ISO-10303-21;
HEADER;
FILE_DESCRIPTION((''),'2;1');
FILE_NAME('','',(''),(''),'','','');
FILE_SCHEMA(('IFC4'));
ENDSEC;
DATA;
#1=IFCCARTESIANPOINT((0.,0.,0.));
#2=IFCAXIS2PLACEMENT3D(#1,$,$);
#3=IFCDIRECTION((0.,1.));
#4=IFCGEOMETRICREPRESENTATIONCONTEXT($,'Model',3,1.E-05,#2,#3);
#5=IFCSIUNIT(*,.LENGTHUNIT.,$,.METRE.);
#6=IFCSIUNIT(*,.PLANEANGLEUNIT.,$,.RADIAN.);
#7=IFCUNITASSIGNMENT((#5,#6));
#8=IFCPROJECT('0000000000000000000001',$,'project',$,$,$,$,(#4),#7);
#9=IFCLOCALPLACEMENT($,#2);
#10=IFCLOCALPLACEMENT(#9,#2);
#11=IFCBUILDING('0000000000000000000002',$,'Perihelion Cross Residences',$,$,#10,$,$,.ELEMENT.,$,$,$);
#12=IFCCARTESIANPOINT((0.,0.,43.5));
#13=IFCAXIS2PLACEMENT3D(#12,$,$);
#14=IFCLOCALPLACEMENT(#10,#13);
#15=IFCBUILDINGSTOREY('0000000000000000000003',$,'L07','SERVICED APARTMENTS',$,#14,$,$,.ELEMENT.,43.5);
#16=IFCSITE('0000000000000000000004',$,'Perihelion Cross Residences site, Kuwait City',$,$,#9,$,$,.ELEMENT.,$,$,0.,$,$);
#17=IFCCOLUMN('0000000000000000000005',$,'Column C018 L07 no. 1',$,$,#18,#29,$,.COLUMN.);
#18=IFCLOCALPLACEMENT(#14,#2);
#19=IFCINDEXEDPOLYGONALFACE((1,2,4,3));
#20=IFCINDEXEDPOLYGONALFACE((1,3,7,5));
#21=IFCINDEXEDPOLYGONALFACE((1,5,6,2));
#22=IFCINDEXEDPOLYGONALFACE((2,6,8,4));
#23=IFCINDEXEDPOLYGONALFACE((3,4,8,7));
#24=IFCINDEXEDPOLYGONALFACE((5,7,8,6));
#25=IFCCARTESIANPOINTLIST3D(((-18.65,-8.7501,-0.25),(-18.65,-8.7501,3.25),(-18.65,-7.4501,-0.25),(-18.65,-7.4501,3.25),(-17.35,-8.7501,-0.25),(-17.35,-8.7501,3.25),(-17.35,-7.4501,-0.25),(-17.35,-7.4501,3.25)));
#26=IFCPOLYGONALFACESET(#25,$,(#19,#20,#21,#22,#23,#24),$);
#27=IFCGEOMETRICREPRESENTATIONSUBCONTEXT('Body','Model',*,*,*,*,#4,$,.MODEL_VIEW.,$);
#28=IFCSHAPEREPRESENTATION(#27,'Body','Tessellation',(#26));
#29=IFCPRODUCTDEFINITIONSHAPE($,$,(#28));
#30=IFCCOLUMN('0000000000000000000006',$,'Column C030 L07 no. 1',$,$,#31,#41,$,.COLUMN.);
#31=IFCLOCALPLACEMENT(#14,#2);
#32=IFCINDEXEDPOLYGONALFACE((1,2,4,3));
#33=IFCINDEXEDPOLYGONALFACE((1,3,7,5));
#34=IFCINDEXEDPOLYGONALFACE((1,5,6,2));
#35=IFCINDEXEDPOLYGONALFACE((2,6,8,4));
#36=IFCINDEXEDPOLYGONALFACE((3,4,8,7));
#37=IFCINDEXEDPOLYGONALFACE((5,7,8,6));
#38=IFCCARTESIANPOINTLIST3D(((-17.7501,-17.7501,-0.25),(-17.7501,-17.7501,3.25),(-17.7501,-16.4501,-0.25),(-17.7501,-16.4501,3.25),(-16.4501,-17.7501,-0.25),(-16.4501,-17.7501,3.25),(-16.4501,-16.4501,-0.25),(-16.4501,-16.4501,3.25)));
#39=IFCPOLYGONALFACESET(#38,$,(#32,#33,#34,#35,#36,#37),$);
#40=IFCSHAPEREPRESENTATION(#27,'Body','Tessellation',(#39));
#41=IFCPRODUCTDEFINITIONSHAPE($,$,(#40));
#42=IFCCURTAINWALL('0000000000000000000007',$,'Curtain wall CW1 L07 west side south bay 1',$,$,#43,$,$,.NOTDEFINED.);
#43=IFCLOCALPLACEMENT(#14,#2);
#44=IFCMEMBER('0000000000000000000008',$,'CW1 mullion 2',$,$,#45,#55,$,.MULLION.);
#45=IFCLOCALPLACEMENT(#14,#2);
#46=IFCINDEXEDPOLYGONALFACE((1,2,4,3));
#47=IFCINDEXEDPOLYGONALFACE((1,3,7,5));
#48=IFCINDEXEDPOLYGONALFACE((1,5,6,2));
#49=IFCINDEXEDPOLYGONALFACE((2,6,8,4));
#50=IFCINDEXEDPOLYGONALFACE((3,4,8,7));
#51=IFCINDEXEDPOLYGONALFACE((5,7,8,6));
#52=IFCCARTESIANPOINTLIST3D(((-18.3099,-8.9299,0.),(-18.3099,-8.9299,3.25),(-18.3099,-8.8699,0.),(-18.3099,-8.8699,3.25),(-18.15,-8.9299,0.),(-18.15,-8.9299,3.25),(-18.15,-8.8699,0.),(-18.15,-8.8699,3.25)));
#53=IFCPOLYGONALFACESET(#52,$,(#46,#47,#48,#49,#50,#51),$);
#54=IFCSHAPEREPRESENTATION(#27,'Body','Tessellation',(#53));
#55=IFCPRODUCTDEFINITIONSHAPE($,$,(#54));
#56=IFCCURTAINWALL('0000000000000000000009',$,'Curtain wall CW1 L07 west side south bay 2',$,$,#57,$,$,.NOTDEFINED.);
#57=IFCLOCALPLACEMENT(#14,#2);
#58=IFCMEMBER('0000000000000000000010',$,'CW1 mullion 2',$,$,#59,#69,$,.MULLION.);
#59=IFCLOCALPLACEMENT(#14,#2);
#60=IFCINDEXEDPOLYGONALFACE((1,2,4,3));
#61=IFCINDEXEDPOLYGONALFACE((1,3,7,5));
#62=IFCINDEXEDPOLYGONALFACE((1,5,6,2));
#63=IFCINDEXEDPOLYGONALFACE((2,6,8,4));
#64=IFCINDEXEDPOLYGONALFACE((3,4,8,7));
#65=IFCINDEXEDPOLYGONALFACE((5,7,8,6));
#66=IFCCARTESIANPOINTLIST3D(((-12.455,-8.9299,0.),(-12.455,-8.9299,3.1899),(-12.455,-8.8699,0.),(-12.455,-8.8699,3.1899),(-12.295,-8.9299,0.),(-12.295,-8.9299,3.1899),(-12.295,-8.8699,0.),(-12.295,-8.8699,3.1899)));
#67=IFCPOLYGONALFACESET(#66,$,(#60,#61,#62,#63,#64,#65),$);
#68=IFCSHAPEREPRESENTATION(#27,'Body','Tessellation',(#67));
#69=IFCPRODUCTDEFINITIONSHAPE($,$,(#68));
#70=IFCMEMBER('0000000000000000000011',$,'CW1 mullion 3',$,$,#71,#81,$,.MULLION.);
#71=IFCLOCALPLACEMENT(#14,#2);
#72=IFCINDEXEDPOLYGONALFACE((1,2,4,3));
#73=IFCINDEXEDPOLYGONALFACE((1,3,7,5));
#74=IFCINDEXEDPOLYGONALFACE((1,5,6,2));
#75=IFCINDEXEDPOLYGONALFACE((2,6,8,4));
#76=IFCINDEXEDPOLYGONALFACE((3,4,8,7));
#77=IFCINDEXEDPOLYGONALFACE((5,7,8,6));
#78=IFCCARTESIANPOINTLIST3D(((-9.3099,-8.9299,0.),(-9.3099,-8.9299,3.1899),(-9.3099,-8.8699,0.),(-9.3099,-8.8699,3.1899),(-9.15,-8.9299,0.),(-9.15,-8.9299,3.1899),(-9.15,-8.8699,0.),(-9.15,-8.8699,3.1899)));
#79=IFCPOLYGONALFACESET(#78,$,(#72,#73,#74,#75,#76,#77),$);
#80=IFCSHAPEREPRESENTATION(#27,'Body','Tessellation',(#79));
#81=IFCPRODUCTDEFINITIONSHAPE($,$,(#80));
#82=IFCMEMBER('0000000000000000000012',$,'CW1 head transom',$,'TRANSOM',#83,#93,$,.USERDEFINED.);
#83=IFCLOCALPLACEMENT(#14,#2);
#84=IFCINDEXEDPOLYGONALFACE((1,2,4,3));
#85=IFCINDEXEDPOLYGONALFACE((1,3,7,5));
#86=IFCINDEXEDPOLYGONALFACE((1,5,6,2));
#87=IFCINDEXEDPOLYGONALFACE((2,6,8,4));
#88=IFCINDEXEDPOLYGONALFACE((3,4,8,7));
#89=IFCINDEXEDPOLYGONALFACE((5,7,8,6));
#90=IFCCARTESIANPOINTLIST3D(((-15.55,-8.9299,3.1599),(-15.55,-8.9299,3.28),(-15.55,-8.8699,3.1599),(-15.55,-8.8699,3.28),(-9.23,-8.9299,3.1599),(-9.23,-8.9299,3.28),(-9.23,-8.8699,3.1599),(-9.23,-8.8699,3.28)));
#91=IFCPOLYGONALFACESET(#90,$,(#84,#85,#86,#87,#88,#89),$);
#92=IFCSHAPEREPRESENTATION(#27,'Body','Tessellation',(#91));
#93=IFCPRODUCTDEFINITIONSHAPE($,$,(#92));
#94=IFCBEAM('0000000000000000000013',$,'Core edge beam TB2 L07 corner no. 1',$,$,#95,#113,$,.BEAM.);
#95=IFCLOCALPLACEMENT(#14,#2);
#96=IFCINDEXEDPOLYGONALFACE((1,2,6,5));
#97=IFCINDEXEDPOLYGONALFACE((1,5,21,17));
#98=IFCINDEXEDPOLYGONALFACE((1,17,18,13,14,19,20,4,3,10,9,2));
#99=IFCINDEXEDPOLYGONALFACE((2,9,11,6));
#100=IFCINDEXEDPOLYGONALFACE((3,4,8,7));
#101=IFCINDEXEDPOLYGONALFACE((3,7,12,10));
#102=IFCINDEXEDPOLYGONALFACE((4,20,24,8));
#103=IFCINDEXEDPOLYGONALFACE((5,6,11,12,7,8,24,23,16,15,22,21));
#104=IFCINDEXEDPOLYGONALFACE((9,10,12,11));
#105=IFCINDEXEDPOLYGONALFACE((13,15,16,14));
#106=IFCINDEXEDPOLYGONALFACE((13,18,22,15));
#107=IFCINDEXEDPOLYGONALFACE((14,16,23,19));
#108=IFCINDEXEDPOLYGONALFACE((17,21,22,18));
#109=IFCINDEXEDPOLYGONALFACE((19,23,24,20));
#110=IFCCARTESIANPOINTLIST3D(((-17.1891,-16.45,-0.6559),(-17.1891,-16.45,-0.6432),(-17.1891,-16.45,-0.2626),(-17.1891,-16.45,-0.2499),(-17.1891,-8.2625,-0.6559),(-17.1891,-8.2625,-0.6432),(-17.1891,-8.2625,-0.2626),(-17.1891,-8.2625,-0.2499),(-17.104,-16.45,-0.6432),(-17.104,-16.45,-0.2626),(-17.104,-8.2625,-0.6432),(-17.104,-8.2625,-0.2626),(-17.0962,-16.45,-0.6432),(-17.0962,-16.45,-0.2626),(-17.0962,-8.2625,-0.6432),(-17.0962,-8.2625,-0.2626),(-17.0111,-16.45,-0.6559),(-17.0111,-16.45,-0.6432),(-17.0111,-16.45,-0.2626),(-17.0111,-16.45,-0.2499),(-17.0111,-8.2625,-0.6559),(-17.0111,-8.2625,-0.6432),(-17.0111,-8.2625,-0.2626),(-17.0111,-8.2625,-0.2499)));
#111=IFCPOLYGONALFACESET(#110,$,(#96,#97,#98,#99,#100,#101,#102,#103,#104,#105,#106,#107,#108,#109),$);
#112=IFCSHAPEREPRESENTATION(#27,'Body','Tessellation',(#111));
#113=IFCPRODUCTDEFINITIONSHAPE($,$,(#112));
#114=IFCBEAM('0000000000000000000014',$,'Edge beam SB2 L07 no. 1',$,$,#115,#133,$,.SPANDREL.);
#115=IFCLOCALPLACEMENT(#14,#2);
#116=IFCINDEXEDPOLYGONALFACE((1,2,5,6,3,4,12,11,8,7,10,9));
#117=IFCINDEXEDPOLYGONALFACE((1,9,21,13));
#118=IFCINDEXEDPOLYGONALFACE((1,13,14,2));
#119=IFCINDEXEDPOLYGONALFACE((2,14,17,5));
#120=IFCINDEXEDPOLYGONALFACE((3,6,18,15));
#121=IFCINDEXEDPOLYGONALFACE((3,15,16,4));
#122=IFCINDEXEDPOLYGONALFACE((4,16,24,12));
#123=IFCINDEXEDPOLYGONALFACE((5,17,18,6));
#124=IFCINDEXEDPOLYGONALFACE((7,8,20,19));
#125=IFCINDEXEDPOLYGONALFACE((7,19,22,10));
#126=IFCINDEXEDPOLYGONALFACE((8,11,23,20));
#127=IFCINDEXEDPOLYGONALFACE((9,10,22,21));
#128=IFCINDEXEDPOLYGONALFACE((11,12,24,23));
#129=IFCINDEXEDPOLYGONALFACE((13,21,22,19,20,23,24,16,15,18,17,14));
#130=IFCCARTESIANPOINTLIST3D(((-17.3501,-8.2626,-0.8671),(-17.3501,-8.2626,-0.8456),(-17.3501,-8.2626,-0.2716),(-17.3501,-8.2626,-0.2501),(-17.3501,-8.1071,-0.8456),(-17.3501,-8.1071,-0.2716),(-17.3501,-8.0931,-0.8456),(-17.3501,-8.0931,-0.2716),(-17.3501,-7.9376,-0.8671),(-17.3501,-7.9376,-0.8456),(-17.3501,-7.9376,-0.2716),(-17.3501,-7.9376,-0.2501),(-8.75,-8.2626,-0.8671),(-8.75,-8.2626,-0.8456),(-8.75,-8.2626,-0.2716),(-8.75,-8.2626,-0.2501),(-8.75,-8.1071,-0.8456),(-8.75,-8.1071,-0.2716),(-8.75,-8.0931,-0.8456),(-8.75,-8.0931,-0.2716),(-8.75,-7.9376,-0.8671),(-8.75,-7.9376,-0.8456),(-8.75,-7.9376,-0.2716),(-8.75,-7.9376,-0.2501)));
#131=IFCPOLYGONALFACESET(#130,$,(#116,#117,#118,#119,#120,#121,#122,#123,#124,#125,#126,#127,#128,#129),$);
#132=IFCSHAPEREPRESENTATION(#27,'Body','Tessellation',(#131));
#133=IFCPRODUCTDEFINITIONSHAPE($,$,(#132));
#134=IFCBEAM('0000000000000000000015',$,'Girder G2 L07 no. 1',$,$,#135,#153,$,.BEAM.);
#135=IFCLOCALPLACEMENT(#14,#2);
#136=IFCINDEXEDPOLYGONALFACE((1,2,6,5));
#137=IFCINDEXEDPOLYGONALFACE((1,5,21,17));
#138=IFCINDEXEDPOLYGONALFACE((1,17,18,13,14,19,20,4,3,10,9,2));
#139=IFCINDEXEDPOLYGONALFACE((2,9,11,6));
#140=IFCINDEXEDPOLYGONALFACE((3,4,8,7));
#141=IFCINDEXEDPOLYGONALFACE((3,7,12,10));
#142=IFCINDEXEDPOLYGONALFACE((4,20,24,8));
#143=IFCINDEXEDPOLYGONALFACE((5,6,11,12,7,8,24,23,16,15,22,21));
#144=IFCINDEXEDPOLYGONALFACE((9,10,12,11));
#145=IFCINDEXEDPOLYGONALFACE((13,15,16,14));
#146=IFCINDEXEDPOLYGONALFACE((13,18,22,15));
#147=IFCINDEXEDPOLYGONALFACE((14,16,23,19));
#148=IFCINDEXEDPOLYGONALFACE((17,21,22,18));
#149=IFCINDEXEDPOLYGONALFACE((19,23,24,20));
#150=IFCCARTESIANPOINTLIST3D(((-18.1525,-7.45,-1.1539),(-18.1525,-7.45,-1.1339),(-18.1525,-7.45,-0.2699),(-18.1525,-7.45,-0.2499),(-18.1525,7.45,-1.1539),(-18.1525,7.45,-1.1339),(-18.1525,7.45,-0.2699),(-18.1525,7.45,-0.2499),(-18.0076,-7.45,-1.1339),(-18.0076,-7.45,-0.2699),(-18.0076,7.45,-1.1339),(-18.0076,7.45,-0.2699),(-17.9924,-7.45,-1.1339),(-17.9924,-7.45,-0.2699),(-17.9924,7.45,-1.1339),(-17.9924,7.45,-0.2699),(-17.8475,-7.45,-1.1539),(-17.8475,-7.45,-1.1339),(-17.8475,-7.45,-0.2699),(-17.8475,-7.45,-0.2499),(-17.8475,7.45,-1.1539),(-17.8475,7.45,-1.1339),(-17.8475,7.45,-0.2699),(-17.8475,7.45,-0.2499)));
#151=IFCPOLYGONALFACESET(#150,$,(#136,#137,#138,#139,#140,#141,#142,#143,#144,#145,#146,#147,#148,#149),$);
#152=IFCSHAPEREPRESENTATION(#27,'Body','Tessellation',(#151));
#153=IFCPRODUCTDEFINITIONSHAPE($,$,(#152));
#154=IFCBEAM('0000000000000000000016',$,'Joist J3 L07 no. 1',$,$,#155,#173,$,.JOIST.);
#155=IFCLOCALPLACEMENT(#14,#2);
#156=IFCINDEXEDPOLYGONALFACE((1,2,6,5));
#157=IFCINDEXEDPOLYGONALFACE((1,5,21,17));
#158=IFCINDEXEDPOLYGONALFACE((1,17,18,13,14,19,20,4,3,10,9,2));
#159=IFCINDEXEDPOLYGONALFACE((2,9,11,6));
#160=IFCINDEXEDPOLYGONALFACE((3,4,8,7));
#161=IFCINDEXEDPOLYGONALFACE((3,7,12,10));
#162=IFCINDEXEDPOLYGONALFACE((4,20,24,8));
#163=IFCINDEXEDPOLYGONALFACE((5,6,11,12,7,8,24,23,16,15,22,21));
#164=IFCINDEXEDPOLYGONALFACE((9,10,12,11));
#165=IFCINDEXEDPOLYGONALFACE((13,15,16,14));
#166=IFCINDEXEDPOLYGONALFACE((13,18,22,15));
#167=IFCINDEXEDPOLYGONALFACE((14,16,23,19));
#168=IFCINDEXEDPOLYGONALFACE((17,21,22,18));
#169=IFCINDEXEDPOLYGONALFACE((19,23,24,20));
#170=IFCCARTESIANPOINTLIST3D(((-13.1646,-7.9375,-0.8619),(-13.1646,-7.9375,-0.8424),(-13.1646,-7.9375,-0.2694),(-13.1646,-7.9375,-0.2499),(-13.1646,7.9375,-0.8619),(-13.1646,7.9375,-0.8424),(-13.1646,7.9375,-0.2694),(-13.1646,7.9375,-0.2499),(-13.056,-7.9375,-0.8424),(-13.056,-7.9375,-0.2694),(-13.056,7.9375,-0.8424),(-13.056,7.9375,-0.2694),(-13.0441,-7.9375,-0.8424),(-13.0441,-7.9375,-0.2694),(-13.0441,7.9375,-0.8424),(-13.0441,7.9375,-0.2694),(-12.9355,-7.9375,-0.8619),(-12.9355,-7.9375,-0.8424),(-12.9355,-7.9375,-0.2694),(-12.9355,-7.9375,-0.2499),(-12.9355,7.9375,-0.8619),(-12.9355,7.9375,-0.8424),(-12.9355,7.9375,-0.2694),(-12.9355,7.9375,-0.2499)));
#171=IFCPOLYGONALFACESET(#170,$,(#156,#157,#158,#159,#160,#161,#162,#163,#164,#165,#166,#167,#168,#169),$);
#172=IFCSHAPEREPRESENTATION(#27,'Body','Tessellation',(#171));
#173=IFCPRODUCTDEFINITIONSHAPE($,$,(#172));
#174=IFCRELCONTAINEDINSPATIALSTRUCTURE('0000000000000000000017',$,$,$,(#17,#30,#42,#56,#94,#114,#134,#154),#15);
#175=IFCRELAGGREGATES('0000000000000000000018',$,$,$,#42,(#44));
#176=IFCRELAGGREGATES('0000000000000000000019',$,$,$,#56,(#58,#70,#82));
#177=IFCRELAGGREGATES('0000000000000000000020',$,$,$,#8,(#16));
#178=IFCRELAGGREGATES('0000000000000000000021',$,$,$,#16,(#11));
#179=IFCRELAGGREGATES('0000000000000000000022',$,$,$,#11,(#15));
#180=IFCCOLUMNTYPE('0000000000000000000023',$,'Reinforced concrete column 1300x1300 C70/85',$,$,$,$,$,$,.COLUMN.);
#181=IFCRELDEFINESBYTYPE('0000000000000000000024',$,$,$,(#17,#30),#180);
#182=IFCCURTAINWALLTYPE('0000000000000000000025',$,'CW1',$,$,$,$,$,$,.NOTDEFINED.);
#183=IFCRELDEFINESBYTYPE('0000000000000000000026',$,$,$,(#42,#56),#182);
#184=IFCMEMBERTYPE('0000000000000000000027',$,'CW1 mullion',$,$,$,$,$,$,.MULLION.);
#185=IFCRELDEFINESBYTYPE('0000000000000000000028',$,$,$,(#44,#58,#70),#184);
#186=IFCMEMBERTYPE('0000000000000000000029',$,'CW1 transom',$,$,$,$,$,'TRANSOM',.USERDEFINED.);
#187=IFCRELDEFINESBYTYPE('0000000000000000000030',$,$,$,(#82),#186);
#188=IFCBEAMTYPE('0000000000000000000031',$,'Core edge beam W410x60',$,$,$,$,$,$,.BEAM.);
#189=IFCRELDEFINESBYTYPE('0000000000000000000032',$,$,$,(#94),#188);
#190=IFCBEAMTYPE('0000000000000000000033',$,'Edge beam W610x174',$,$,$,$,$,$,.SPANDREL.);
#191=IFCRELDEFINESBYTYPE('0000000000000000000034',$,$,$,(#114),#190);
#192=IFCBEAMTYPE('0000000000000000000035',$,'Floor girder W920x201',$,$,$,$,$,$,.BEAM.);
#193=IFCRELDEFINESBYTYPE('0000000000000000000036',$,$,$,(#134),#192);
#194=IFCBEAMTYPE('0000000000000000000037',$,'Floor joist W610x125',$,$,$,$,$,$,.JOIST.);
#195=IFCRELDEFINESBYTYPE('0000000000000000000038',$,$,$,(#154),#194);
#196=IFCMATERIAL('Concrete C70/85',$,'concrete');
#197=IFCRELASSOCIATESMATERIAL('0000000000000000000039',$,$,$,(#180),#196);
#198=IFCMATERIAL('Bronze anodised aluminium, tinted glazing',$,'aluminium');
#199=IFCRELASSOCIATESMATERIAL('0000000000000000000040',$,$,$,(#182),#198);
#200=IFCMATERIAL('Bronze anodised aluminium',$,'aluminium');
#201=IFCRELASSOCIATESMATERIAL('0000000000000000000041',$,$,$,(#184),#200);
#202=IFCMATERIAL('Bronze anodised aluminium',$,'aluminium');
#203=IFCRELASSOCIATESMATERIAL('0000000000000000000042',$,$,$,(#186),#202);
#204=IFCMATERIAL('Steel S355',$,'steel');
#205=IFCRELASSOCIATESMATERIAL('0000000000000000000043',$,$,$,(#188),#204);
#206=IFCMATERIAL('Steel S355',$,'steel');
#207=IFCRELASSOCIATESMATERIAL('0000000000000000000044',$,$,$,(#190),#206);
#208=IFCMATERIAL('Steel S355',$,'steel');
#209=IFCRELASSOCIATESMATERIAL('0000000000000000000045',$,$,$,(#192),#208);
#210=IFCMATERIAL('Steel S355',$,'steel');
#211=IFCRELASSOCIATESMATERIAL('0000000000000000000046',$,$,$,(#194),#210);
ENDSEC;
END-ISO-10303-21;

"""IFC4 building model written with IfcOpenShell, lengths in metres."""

from ifc_helpers import new_model, si_unit, direction, frame, origin, origin_2d, place, context, subcontext, project, spatial, rectangle, i_section, extrude, material, material_profile, profile_set, type_object, element, aggregate, save


model = new_model("IFC4")

# Units and contexts
model_context = context("Model", 3, precision=1e-05, world=origin(), true_north=direction((0.0, 1.0)))
body_context = subcontext(model_context, "Body", "Model", "MODEL_VIEW")
ifc_project = project(units=[si_unit("LENGTHUNIT", "METRE"), si_unit("PLANEANGLEUNIT", "RADIAN")], contexts=[model_context])

# Site, building, storey
site_placement = place(None, origin())
site = spatial("IfcSite", under=ifc_project, at=site_placement, Name="Perihelion Cross Residences site, Kuwait City", CompositionType="ELEMENT", RefElevation=0.0)
building_placement = place(site_placement, origin())
building = spatial("IfcBuilding", under=site, at=building_placement, Name="Perihelion Cross Residences", CompositionType="ELEMENT")
storey_placement = place(building_placement, frame((0.0, 0.0, 43.5)))
storey = spatial("IfcBuildingStorey", under=building, at=storey_placement, Name="L07", Description="SERVICED APARTMENTS", CompositionType="ELEMENT", Elevation=43.5)

# Columns
ifc_material_1 = material(Name="Concrete C70/85", Category="concrete")
ifc_material_profile_1 = material_profile(ifc_material_1, rectangle(XDim=1.3, YDim=1.3, at=origin_2d()), Name="RC 1300x1300")
ifc_profile_set_1 = profile_set([ifc_material_profile_1], Name="Concrete C70/85")
column_type = type_object("IfcColumnType", Name="Reinforced concrete column 1300x1300 C70/85", PredefinedType="COLUMN", material=ifc_profile_set_1)
for number, where, z_axis, x_axis, name in (
    (1, (-18.0, -8.1001, -0.25), (0.0, 0.0, 1.0), (1.0, 0.0, 0.0), "Column C018 L07 no. 1"),
    (2, (-17.1001, -17.1001, -0.25), (0.0, 0.0, 1.0), (1.0, 0.0, 0.0), "Column C030 L07 no. 1"),
):
    element("IfcColumn", number, at=place(storey_placement, frame(where, z_axis=z_axis, x_axis=x_axis)), inside=storey, type_object=column_type, Name=name, PredefinedType="COLUMN", context=body_context, shape_type="SweptSolid", body=[
        extrude(rectangle(XDim=1.3, YDim=1.3, at=origin_2d()), origin(), (0.0, 0.0, 1.0), 3.5),
    ])

# Curtain wall, member
ifc_material_2 = material(Name="Bronze anodised aluminium, tinted glazing", Category="aluminium")
curtain_wall_type = type_object("IfcCurtainWallType", Name="CW1", PredefinedType="NOTDEFINED", material=ifc_material_2)
curtain_wall_1_placement = place(storey_placement, origin())
curtain_wall_1 = element("IfcCurtainWall", 3, at=curtain_wall_1_placement, inside=storey, type_object=curtain_wall_type, Name="Curtain wall CW1 L07 west side south bay 1", PredefinedType="NOTDEFINED")
ifc_material_3 = material(Name="Bronze anodised aluminium", Category="aluminium")
ifc_material_profile_2 = material_profile(ifc_material_3, rectangle(XDim=0.0601, YDim=0.1599, at=origin_2d()), Name="CW1 mullion")
ifc_profile_set_2 = profile_set([ifc_material_profile_2], Name="Bronze anodised aluminium")
member_type_1 = type_object("IfcMemberType", Name="CW1 mullion", PredefinedType="MULLION", material=ifc_profile_set_2)
member_1_placement = place(storey_placement, frame((-18.23, -8.8999, 0.0), z_axis=(0.0, 0.0, 1.0), x_axis=(0.0, 1.0, 0.0)))
member_1 = element("IfcMember", 4, at=member_1_placement, type_object=member_type_1, Name="CW1 mullion 2", PredefinedType="MULLION", context=body_context, shape_type="SweptSolid", body=[
    extrude(rectangle(XDim=0.0601, YDim=0.1599, at=origin_2d()), origin(), (0.0, 0.0, 1.0), 3.25),
])

# Curtain wall, members
curtain_wall_2_placement = place(storey_placement, origin())
curtain_wall_2 = element("IfcCurtainWall", 5, at=curtain_wall_2_placement, inside=storey, type_object=curtain_wall_type, Name="Curtain wall CW1 L07 west side south bay 2", PredefinedType="NOTDEFINED")
member_2_placement = place(storey_placement, frame((-12.375, -8.8999, 0.0), z_axis=(0.0, 0.0, 1.0), x_axis=(0.0, 1.0, 0.0)))
member_2 = element("IfcMember", 6, at=member_2_placement, type_object=member_type_1, Name="CW1 mullion 2", PredefinedType="MULLION", context=body_context, shape_type="SweptSolid", body=[
    extrude(rectangle(XDim=0.0601, YDim=0.1599, at=origin_2d()), origin(), (0.0, 0.0, 1.0), 3.1899),
])
member_3_placement = place(storey_placement, frame((-9.23, -8.8999, 0.0), z_axis=(0.0, 0.0, 1.0), x_axis=(0.0, 1.0, 0.0)))
member_3 = element("IfcMember", 7, at=member_3_placement, type_object=member_type_1, Name="CW1 mullion 3", PredefinedType="MULLION", context=body_context, shape_type="SweptSolid", body=[
    extrude(rectangle(XDim=0.0601, YDim=0.1599, at=origin_2d()), origin(), (0.0, 0.0, 1.0), 3.1899),
])
ifc_material_4 = material(Name="Bronze anodised aluminium", Category="aluminium")
ifc_material_profile_3 = material_profile(ifc_material_4, rectangle(XDim=0.0601, YDim=0.1201, at=origin_2d()), Name="CW1 transom")
ifc_profile_set_3 = profile_set([ifc_material_profile_3], Name="Bronze anodised aluminium")
member_type_2 = type_object("IfcMemberType", Name="CW1 transom", ElementType="TRANSOM", PredefinedType="USERDEFINED", material=ifc_profile_set_3)
member_4_placement = place(storey_placement, frame((-15.55, -8.8999, 3.22), z_axis=(1.0, 0.0, 0.0), x_axis=(0.0, 1.0, 0.0)))
member_4 = element("IfcMember", 8, at=member_4_placement, type_object=member_type_2, Name="CW1 head transom", ObjectType="TRANSOM", PredefinedType="USERDEFINED", context=body_context, shape_type="SweptSolid", body=[
    extrude(rectangle(XDim=0.0601, YDim=0.1201, at=origin_2d()), origin(), (0.0, 0.0, 1.0), 6.3201),
])

# Beams
ifc_material_5 = material(Name="Steel S355", Category="steel")
ifc_material_profile_4 = material_profile(ifc_material_5, i_section(OverallWidth=0.178, OverallDepth=0.406, WebThickness=0.0078, FlangeThickness=0.0127, at=origin_2d()), Name="W410x60")
ifc_profile_set_4 = profile_set([ifc_material_profile_4], Name="Steel S355")
beam_type_1 = type_object("IfcBeamType", Name="Core edge beam W410x60", PredefinedType="BEAM", material=ifc_profile_set_4)
beam_1_placement = place(storey_placement, frame((-17.1001, -8.2625, -0.4529), z_axis=(0.0, -1.0, 0.0), x_axis=(1.0, 0.0, 0.0)))
element("IfcBeam", 9, at=beam_1_placement, inside=storey, type_object=beam_type_1, Name="Core edge beam TB2 L07 corner no. 1", PredefinedType="BEAM", context=body_context, shape_type="SweptSolid", body=[
    extrude(i_section(OverallWidth=0.178, OverallDepth=0.406, WebThickness=0.0078, FlangeThickness=0.0127, at=origin_2d()), origin(), (0.0, 0.0, 1.0), 8.1875),
])
ifc_material_6 = material(Name="Steel S355", Category="steel")
ifc_material_profile_5 = material_profile(ifc_material_6, i_section(OverallWidth=0.325, OverallDepth=0.6169, WebThickness=0.0139, FlangeThickness=0.0215, at=origin_2d()), Name="W610x174")
ifc_profile_set_5 = profile_set([ifc_material_profile_5], Name="Steel S355")
beam_type_2 = type_object("IfcBeamType", Name="Edge beam W610x174", PredefinedType="SPANDREL", material=ifc_profile_set_5)
beam_2_placement = place(storey_placement, frame((-17.3501, -8.1001, -0.5586), z_axis=(1.0, 0.0, 0.0), x_axis=(0.0, 1.0, 0.0)))
element("IfcBeam", 10, at=beam_2_placement, inside=storey, type_object=beam_type_2, Name="Edge beam SB2 L07 no. 1", PredefinedType="SPANDREL", context=body_context, shape_type="SweptSolid", body=[
    extrude(i_section(OverallWidth=0.325, OverallDepth=0.6169, WebThickness=0.0139, FlangeThickness=0.0215, at=origin_2d()), origin(), (0.0, 0.0, 1.0), 8.6001),
])
ifc_material_7 = material(Name="Steel S355", Category="steel")
ifc_material_profile_6 = material_profile(ifc_material_7, i_section(OverallWidth=0.3049, OverallDepth=0.9041, WebThickness=0.0151, FlangeThickness=0.02, at=origin_2d()), Name="W920x201")
ifc_profile_set_6 = profile_set([ifc_material_profile_6], Name="Steel S355")
beam_type_3 = type_object("IfcBeamType", Name="Floor girder W920x201", PredefinedType="BEAM", material=ifc_profile_set_6)
beam_3_placement = place(storey_placement, frame((-18.0, -7.45, -0.7019), z_axis=(0.0, 1.0, 0.0), x_axis=(-1.0, 0.0, 0.0)))
element("IfcBeam", 11, at=beam_3_placement, inside=storey, type_object=beam_type_3, Name="Girder G2 L07 no. 1", PredefinedType="BEAM", context=body_context, shape_type="SweptSolid", body=[
    extrude(i_section(OverallWidth=0.3049, OverallDepth=0.9041, WebThickness=0.0151, FlangeThickness=0.02, at=origin_2d()), origin(), (0.0, 0.0, 1.0), 14.8999),
])
ifc_material_8 = material(Name="Steel S355", Category="steel")
ifc_material_profile_7 = material_profile(ifc_material_8, i_section(OverallWidth=0.229, OverallDepth=0.6121, WebThickness=0.012, FlangeThickness=0.0195, at=origin_2d()), Name="W610x125")
ifc_profile_set_7 = profile_set([ifc_material_profile_7], Name="Steel S355")
beam_type_4 = type_object("IfcBeamType", Name="Floor joist W610x125", PredefinedType="JOIST", material=ifc_profile_set_7)
beam_4_placement = place(storey_placement, frame((-13.05, -7.9375, -0.5559), z_axis=(0.0, 1.0, 0.0), x_axis=(-1.0, 0.0, 0.0)))
element("IfcBeam", 12, at=beam_4_placement, inside=storey, type_object=beam_type_4, Name="Joist J3 L07 no. 1", PredefinedType="JOIST", context=body_context, shape_type="SweptSolid", body=[
    extrude(i_section(OverallWidth=0.229, OverallDepth=0.6121, WebThickness=0.012, FlangeThickness=0.0195, at=origin_2d()), origin(), (0.0, 0.0, 1.0), 15.875),
])

aggregate(curtain_wall_1, [member_1])
aggregate(curtain_wall_2, [member_2, member_3, member_4])

save(model, "model.ifc")
